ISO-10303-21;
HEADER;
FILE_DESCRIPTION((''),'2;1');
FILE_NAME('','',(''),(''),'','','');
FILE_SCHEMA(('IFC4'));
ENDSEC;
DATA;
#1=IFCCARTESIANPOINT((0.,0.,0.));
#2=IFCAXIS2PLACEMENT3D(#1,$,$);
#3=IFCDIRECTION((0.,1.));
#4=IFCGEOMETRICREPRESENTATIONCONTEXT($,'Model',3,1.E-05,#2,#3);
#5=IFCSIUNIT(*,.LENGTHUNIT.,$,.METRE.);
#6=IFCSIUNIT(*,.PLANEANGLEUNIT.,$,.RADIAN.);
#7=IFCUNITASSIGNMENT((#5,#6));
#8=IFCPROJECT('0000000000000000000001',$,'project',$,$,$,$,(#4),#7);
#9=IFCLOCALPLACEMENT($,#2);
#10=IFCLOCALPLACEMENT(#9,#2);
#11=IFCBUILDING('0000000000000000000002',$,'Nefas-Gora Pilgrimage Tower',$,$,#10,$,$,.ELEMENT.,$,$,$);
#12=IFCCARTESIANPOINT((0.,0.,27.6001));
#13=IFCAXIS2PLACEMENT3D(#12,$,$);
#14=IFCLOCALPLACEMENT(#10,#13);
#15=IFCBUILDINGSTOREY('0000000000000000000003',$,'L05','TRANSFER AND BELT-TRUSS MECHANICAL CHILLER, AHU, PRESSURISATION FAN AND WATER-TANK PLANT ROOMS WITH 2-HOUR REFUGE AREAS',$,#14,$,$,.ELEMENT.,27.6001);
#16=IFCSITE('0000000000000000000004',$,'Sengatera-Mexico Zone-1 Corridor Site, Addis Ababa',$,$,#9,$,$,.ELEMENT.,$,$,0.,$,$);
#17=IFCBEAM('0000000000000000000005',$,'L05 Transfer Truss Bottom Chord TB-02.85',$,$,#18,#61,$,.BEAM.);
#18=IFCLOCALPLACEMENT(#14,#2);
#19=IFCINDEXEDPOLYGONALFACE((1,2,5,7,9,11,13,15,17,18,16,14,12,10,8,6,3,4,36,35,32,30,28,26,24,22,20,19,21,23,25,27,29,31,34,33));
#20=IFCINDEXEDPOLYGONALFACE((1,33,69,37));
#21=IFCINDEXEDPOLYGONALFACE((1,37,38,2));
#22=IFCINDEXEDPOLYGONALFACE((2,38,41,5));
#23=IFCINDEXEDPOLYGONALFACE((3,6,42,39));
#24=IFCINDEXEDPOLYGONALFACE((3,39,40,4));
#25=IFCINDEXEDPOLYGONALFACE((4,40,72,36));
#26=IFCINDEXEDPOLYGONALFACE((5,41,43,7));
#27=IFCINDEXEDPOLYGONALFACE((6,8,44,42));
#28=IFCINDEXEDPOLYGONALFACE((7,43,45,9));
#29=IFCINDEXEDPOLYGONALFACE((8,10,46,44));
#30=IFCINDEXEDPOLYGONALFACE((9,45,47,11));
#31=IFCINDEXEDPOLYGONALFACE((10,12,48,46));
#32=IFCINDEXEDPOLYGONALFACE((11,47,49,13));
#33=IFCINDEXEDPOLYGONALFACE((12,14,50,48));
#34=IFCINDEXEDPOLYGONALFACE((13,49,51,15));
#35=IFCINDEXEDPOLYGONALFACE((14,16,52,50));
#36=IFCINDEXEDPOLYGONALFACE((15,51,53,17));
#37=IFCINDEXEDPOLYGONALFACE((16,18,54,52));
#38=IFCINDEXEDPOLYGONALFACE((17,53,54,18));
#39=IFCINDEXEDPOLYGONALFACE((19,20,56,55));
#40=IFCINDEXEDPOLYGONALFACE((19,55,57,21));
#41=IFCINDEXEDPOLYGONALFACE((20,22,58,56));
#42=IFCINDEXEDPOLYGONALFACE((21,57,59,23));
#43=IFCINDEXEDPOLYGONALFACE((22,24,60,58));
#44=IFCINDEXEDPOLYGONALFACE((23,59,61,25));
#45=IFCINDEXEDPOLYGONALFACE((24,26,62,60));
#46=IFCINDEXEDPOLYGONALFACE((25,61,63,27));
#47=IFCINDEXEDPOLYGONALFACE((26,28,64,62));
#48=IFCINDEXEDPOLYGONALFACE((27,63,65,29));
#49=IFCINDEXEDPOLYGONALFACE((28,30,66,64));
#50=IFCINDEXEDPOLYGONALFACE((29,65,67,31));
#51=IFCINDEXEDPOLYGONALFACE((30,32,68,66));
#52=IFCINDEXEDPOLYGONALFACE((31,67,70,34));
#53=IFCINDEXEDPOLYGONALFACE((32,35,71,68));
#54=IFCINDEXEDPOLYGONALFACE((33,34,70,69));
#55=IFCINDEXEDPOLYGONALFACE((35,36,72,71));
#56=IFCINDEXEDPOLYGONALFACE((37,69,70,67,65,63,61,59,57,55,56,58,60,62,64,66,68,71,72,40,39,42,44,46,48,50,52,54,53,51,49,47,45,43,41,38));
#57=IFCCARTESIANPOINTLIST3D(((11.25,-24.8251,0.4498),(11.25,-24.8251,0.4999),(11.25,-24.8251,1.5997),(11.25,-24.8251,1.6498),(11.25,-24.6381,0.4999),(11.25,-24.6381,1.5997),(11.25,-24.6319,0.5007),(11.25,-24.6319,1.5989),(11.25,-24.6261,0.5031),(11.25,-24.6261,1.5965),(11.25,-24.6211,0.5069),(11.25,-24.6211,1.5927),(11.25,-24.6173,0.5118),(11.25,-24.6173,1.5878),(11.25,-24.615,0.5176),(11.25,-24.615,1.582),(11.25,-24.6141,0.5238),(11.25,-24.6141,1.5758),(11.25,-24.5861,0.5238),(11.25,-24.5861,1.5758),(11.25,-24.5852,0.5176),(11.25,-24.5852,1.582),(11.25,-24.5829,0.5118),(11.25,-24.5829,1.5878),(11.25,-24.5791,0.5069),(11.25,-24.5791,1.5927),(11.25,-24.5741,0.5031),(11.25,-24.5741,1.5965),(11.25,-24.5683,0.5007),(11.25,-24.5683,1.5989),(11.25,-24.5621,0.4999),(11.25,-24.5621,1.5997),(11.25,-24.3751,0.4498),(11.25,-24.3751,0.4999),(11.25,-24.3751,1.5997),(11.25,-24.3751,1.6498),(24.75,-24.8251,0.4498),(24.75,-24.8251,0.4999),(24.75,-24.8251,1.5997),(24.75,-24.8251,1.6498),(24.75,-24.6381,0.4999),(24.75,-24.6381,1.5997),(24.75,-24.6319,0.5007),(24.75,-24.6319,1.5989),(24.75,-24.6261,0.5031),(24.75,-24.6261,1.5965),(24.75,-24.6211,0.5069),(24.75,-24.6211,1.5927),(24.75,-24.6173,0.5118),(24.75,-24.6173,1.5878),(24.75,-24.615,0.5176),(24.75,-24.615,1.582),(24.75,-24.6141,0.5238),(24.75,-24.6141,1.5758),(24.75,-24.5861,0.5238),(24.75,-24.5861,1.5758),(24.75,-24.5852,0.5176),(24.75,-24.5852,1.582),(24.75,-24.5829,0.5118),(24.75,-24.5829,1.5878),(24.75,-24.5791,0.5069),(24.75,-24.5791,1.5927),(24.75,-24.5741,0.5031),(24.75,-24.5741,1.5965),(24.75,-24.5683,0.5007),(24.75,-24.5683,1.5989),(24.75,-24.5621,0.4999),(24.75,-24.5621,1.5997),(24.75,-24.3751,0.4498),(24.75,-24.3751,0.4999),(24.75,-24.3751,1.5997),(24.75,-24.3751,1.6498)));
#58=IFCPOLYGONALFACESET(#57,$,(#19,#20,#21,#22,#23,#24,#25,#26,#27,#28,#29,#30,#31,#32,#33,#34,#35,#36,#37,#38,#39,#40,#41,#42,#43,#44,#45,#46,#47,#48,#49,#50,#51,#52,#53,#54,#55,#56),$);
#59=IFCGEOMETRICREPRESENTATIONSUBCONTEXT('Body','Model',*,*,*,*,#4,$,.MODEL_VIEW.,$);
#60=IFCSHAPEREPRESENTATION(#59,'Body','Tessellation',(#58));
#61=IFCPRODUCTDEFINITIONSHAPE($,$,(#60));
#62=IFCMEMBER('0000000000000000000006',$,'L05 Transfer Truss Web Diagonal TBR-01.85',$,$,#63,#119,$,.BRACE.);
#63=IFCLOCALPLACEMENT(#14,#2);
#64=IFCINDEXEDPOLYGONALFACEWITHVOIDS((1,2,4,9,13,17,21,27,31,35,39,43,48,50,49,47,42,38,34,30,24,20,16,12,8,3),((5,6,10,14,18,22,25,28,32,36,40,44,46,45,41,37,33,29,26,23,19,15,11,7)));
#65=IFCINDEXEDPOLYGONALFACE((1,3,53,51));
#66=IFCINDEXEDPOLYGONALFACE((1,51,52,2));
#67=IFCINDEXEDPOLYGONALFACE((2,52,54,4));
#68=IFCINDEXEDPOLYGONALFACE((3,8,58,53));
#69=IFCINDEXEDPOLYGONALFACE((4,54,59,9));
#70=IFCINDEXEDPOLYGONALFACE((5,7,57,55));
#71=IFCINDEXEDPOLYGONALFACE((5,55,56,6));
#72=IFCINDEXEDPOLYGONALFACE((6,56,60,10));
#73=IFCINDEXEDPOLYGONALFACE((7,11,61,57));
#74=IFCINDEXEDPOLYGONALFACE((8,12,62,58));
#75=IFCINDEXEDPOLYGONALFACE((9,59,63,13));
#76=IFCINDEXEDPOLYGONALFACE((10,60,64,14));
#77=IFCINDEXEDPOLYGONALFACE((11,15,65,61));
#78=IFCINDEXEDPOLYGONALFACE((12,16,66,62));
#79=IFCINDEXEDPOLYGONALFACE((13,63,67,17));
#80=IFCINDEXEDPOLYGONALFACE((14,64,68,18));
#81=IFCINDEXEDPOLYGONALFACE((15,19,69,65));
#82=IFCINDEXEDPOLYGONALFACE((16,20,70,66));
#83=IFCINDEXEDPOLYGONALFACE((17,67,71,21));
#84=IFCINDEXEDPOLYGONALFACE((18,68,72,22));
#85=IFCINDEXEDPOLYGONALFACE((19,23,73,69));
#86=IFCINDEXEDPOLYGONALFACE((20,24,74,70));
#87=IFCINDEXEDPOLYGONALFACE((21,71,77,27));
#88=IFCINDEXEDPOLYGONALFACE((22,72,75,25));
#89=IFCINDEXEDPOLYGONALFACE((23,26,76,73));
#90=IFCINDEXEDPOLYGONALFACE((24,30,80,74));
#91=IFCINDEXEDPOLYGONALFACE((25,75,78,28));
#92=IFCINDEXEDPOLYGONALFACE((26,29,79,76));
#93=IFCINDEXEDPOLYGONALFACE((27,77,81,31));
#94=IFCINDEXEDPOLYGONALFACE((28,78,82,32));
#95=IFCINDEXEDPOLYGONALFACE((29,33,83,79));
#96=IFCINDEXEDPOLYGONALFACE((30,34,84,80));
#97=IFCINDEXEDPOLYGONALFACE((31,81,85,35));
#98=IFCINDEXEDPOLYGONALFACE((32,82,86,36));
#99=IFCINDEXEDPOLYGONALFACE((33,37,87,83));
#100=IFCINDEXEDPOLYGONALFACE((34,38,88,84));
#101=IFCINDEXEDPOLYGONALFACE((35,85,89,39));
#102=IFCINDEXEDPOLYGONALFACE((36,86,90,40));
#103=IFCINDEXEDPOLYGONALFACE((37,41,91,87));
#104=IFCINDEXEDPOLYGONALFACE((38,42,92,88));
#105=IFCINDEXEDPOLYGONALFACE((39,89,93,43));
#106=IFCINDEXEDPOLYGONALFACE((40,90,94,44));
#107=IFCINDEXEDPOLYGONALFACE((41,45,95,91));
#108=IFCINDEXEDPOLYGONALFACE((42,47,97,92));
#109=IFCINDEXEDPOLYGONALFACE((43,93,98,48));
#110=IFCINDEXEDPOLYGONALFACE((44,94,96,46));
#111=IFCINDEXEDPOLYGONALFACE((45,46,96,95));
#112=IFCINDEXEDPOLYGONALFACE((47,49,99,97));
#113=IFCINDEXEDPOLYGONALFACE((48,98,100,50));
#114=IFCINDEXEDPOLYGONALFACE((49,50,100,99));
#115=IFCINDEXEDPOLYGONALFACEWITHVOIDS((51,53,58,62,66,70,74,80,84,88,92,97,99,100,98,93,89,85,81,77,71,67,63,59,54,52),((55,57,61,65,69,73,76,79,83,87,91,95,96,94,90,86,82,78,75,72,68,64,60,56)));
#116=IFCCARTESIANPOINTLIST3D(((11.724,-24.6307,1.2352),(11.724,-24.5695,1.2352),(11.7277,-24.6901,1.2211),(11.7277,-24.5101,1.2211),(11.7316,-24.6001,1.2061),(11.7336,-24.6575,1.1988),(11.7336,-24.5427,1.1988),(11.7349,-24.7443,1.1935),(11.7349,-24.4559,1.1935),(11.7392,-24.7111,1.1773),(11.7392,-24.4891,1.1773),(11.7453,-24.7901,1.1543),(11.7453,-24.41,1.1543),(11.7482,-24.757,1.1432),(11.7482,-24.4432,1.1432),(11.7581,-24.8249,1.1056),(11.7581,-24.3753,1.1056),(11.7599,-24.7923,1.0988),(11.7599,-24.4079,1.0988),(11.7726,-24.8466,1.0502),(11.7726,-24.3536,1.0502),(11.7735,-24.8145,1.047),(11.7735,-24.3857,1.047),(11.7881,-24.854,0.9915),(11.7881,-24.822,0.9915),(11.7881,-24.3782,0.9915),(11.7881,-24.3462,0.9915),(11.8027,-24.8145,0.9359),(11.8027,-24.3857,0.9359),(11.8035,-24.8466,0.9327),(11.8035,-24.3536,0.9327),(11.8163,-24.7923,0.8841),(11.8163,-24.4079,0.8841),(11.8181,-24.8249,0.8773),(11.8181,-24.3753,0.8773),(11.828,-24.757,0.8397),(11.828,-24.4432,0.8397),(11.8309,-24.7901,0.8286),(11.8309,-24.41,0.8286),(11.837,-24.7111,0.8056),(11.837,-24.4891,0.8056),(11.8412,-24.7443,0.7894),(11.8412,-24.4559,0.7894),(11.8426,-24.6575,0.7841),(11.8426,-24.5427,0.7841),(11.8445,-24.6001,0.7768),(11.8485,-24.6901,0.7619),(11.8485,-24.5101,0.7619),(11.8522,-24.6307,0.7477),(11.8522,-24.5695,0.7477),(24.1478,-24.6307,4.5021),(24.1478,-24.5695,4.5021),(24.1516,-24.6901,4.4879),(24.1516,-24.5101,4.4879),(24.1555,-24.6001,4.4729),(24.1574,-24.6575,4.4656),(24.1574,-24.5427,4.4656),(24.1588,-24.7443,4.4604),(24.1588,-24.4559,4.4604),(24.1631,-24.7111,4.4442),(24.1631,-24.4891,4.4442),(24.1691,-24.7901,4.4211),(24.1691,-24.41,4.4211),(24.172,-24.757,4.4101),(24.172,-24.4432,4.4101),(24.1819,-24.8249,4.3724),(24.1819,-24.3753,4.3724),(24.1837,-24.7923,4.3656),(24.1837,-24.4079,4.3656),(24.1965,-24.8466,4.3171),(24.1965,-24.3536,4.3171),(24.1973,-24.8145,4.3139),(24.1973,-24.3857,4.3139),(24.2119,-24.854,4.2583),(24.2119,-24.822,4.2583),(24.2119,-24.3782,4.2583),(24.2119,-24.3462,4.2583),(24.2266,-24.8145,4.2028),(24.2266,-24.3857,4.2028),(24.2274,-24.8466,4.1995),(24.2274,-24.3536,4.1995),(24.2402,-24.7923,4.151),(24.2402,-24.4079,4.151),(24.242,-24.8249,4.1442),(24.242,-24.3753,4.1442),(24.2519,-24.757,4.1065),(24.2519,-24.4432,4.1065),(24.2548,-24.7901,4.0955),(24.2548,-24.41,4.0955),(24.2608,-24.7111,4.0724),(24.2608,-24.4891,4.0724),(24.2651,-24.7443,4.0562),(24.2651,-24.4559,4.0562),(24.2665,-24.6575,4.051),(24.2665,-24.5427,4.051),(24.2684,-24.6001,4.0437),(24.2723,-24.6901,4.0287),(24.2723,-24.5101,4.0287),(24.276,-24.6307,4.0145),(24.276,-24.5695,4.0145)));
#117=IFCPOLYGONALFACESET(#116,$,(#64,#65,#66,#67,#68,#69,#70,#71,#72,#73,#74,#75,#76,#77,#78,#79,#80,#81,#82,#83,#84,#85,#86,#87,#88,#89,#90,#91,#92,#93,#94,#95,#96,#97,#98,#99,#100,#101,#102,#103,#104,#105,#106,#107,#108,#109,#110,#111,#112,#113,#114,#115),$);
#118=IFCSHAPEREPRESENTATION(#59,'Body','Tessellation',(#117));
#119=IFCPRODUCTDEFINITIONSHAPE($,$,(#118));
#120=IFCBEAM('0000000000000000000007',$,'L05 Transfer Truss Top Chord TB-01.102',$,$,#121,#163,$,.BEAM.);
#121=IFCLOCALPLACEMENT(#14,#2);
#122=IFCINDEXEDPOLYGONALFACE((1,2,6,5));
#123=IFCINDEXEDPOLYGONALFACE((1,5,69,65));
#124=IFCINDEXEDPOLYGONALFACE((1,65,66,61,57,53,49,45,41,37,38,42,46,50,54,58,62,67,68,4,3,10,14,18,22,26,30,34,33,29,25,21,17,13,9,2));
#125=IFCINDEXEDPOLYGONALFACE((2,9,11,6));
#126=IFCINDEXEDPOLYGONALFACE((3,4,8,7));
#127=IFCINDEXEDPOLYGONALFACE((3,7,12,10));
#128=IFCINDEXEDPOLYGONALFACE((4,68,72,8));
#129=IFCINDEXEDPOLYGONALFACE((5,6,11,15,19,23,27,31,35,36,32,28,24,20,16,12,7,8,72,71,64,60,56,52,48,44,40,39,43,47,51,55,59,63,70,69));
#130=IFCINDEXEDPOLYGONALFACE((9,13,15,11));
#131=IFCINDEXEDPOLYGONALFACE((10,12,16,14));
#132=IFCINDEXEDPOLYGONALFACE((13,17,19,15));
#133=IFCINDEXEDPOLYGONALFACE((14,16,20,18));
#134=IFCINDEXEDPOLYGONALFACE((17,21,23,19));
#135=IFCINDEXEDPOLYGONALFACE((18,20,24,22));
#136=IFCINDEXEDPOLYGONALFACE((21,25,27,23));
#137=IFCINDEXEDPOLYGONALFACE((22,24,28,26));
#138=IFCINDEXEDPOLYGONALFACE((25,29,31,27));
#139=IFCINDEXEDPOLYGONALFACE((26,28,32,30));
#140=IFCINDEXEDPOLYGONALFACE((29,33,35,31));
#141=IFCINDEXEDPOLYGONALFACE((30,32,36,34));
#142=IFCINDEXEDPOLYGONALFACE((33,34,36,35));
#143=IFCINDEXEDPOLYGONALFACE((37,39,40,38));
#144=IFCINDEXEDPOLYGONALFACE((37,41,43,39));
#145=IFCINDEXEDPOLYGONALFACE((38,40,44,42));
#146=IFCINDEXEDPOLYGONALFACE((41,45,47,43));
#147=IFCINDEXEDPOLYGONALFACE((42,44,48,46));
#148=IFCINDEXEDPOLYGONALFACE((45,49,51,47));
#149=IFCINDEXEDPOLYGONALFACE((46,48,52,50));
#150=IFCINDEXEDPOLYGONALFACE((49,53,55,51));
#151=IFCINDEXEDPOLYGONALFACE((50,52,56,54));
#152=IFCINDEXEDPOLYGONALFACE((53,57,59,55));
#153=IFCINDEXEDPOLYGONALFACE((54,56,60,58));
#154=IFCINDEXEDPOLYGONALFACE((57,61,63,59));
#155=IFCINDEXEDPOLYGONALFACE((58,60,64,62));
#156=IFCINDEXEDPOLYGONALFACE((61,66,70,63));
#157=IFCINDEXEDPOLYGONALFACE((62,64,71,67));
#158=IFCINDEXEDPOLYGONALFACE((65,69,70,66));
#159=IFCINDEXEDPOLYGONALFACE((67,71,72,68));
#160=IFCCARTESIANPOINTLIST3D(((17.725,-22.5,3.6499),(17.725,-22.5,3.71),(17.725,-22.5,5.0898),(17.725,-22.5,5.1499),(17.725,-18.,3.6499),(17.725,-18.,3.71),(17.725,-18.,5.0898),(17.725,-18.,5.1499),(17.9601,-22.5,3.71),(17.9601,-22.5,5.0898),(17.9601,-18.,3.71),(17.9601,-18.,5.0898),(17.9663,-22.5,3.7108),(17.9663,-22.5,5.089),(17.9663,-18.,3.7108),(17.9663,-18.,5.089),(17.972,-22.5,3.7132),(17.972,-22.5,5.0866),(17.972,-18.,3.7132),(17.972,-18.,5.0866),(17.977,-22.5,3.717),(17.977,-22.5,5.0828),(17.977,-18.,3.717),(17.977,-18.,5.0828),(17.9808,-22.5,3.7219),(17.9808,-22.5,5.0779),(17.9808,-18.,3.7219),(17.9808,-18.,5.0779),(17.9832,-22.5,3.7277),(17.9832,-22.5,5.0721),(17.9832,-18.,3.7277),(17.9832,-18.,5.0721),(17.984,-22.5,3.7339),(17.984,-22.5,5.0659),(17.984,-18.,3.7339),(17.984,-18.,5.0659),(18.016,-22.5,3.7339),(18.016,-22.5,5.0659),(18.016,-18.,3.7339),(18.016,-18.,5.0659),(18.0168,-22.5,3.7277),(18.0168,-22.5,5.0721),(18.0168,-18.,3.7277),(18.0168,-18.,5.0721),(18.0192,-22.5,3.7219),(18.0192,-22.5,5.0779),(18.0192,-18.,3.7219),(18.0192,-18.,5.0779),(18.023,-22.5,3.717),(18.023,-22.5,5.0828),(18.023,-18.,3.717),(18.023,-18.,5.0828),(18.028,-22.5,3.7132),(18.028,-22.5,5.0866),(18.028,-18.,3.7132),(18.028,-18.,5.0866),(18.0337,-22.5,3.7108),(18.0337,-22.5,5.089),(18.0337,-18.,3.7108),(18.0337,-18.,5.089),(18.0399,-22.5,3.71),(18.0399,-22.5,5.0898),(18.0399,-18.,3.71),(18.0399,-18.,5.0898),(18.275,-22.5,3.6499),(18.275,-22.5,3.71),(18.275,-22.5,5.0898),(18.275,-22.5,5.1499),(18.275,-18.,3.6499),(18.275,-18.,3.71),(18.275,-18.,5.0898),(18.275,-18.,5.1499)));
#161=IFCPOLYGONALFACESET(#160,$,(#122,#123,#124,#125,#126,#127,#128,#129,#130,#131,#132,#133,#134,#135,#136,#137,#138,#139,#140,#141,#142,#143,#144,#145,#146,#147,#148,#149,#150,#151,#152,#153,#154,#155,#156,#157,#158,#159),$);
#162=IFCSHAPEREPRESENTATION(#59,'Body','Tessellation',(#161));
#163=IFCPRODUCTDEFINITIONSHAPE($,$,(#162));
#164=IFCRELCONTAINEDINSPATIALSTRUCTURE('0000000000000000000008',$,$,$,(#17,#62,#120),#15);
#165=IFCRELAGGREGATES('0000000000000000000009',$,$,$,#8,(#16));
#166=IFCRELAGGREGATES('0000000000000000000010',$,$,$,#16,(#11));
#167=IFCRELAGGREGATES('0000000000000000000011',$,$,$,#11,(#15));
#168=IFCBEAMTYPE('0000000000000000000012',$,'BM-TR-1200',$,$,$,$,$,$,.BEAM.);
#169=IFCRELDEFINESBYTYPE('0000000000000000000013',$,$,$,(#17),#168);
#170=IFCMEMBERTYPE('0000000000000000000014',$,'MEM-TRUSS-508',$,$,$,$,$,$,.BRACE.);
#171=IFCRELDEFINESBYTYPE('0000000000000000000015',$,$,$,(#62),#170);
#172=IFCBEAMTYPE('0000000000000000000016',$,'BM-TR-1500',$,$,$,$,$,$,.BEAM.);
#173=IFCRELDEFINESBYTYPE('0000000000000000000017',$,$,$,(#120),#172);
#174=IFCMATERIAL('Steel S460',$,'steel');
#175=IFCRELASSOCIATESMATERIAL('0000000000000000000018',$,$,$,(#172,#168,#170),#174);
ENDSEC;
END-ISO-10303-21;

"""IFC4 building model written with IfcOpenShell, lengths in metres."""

from ifc_helpers import new_model, si_unit, direction, frame, origin, origin_2d, place, context, subcontext, project, spatial, hollow_circle, i_section, extrude, source, transform, mapped, material, material_profile, profile_set, type_object, element, save


model = new_model("IFC4")

# Units and contexts
model_context = context("Model", 3, precision=1e-05, world=origin(), true_north=direction((0.0, 1.0)))
body_context = subcontext(model_context, "Body", "Model", "MODEL_VIEW")
ifc_project = project(units=[si_unit("LENGTHUNIT", "METRE"), si_unit("PLANEANGLEUNIT", "RADIAN")], contexts=[model_context])

# Site, building, storey
site_placement = place(None, origin())
site = spatial("IfcSite", under=ifc_project, at=site_placement, Name="Sengatera-Mexico Zone-1 Corridor Site, Addis Ababa", CompositionType="ELEMENT", RefElevation=0.0)
building_placement = place(site_placement, origin())
building = spatial("IfcBuilding", under=site, at=building_placement, Name="Nefas-Gora Pilgrimage Tower", CompositionType="ELEMENT")
storey_placement = place(building_placement, frame((0.0, 0.0, 27.6001)))
storey = spatial("IfcBuildingStorey", under=building, at=storey_placement, Name="L05", Description="TRANSFER AND BELT-TRUSS MECHANICAL CHILLER, AHU, PRESSURISATION FAN AND WATER-TANK PLANT ROOMS WITH 2-HOUR REFUGE AREAS", CompositionType="ELEMENT", Elevation=27.6001)

# Shared definitions
ifc_material = material(Name="Steel S460", Category="steel")

# Beam
ifc_material_profile_1 = material_profile(ifc_material, i_section(OverallWidth=0.55, OverallDepth=1.5, WebThickness=0.032, FlangeThickness=0.0601, FilletRadius=0.0239, at=origin_2d()), Name="WPG 1500x550x32x60")
ifc_profile_set_1 = profile_set([ifc_material_profile_1], Name="Steel S460")
beam_type_1 = type_object("IfcBeamType", Name="BM-TR-1500", PredefinedType="BEAM", material=ifc_profile_set_1)
ifc_material_profile_2 = material_profile(ifc_material, i_section(OverallWidth=0.45, OverallDepth=1.2, WebThickness=0.0281, FlangeThickness=0.05, FilletRadius=0.0239, at=origin_2d()), Name="WPG 1200x450x28x50")
ifc_profile_set_2 = profile_set([ifc_material_profile_2], Name="Steel S460")
beam_type_2 = type_object("IfcBeamType", Name="BM-TR-1200", PredefinedType="BEAM", material=ifc_profile_set_2)
shared_shape_1 = source(origin(), body_context, "Body", "SweptSolid", [
    extrude(i_section(OverallWidth=0.45, OverallDepth=1.2, WebThickness=0.0281, FlangeThickness=0.05, FilletRadius=0.0239, at=origin_2d()), origin(), (0.0, 0.0, 1.0), 13.5),
])
beam_1_placement = place(storey_placement, frame((11.25, -24.6001, 1.0498), z_axis=(1.0, 0.0, 0.0), x_axis=(0.0, 1.0, 0.0)))
element("IfcBeam", 1, at=beam_1_placement, inside=storey, type_object=beam_type_2, Name="L05 Transfer Truss Bottom Chord TB-02.85", PredefinedType="BEAM", context=body_context, shape_type="MappedRepresentation", body=[
    mapped(shared_shape_1, transform((0.0, 0.0, 0.0), x_axis=(1.0, 0.0, 0.0), y_axis=(0.0, 1.0, 0.0), z_axis=(0.0, 0.0, 1.0), scale=1.0)),
])

# Member
ifc_material_profile_3 = material_profile(ifc_material, hollow_circle(Radius=0.2539, WallThickness=0.032, at=origin_2d()), Name="CHS 508x32")
ifc_profile_set_3 = profile_set([ifc_material_profile_3], Name="Steel S460")
member_type = type_object("IfcMemberType", Name="MEM-TRUSS-508", PredefinedType="BRACE", material=ifc_profile_set_3)
shared_shape_2 = source(origin(), body_context, "Body", "SweptSolid", [
    extrude(hollow_circle(Radius=0.2539, WallThickness=0.032, at=origin_2d()), origin(), (0.0, 0.0, 1.0), 12.8462),
])
member_1_placement = place(storey_placement, frame((11.7881, -24.6001, 0.9915), z_axis=(0.967124, 0.0, 0.254305), x_axis=(0.0, 1.0, 0.0)))
element("IfcMember", 2, at=member_1_placement, inside=storey, type_object=member_type, Name="L05 Transfer Truss Web Diagonal TBR-01.85", PredefinedType="BRACE", context=body_context, shape_type="MappedRepresentation", body=[
    mapped(shared_shape_2, transform((0.0, 0.0, 0.0), x_axis=(1.0, 0.0, 0.0), y_axis=(0.0, 1.0, 0.0), z_axis=(0.0, 0.0, 1.0), scale=1.0)),
])

# Beam
shared_shape_3 = source(origin(), body_context, "Body", "SweptSolid", [
    extrude(i_section(OverallWidth=0.55, OverallDepth=1.5, WebThickness=0.032, FlangeThickness=0.0601, FilletRadius=0.0239, at=origin_2d()), origin(), (0.0, 0.0, 1.0), 4.5),
])
for number, where, z_axis, x_axis, name in (
    (3, (18.0, -22.5, 4.3999), (0.0, 1.0, 0.0), (-1.0, 0.0, 0.0), "L05 Transfer Truss Top Chord TB-01.102"),
):
    element("IfcBeam", number, at=place(storey_placement, frame(where, z_axis=z_axis, x_axis=x_axis)), inside=storey, type_object=beam_type_1, Name=name, PredefinedType="BEAM", context=body_context, shape_type="MappedRepresentation", body=[
        mapped(shared_shape_3, transform((0.0, 0.0, 0.0), x_axis=(1.0, 0.0, 0.0), y_axis=(0.0, 1.0, 0.0), z_axis=(0.0, 0.0, 1.0), scale=1.0)),
    ])

save(model, "model.ifc")
